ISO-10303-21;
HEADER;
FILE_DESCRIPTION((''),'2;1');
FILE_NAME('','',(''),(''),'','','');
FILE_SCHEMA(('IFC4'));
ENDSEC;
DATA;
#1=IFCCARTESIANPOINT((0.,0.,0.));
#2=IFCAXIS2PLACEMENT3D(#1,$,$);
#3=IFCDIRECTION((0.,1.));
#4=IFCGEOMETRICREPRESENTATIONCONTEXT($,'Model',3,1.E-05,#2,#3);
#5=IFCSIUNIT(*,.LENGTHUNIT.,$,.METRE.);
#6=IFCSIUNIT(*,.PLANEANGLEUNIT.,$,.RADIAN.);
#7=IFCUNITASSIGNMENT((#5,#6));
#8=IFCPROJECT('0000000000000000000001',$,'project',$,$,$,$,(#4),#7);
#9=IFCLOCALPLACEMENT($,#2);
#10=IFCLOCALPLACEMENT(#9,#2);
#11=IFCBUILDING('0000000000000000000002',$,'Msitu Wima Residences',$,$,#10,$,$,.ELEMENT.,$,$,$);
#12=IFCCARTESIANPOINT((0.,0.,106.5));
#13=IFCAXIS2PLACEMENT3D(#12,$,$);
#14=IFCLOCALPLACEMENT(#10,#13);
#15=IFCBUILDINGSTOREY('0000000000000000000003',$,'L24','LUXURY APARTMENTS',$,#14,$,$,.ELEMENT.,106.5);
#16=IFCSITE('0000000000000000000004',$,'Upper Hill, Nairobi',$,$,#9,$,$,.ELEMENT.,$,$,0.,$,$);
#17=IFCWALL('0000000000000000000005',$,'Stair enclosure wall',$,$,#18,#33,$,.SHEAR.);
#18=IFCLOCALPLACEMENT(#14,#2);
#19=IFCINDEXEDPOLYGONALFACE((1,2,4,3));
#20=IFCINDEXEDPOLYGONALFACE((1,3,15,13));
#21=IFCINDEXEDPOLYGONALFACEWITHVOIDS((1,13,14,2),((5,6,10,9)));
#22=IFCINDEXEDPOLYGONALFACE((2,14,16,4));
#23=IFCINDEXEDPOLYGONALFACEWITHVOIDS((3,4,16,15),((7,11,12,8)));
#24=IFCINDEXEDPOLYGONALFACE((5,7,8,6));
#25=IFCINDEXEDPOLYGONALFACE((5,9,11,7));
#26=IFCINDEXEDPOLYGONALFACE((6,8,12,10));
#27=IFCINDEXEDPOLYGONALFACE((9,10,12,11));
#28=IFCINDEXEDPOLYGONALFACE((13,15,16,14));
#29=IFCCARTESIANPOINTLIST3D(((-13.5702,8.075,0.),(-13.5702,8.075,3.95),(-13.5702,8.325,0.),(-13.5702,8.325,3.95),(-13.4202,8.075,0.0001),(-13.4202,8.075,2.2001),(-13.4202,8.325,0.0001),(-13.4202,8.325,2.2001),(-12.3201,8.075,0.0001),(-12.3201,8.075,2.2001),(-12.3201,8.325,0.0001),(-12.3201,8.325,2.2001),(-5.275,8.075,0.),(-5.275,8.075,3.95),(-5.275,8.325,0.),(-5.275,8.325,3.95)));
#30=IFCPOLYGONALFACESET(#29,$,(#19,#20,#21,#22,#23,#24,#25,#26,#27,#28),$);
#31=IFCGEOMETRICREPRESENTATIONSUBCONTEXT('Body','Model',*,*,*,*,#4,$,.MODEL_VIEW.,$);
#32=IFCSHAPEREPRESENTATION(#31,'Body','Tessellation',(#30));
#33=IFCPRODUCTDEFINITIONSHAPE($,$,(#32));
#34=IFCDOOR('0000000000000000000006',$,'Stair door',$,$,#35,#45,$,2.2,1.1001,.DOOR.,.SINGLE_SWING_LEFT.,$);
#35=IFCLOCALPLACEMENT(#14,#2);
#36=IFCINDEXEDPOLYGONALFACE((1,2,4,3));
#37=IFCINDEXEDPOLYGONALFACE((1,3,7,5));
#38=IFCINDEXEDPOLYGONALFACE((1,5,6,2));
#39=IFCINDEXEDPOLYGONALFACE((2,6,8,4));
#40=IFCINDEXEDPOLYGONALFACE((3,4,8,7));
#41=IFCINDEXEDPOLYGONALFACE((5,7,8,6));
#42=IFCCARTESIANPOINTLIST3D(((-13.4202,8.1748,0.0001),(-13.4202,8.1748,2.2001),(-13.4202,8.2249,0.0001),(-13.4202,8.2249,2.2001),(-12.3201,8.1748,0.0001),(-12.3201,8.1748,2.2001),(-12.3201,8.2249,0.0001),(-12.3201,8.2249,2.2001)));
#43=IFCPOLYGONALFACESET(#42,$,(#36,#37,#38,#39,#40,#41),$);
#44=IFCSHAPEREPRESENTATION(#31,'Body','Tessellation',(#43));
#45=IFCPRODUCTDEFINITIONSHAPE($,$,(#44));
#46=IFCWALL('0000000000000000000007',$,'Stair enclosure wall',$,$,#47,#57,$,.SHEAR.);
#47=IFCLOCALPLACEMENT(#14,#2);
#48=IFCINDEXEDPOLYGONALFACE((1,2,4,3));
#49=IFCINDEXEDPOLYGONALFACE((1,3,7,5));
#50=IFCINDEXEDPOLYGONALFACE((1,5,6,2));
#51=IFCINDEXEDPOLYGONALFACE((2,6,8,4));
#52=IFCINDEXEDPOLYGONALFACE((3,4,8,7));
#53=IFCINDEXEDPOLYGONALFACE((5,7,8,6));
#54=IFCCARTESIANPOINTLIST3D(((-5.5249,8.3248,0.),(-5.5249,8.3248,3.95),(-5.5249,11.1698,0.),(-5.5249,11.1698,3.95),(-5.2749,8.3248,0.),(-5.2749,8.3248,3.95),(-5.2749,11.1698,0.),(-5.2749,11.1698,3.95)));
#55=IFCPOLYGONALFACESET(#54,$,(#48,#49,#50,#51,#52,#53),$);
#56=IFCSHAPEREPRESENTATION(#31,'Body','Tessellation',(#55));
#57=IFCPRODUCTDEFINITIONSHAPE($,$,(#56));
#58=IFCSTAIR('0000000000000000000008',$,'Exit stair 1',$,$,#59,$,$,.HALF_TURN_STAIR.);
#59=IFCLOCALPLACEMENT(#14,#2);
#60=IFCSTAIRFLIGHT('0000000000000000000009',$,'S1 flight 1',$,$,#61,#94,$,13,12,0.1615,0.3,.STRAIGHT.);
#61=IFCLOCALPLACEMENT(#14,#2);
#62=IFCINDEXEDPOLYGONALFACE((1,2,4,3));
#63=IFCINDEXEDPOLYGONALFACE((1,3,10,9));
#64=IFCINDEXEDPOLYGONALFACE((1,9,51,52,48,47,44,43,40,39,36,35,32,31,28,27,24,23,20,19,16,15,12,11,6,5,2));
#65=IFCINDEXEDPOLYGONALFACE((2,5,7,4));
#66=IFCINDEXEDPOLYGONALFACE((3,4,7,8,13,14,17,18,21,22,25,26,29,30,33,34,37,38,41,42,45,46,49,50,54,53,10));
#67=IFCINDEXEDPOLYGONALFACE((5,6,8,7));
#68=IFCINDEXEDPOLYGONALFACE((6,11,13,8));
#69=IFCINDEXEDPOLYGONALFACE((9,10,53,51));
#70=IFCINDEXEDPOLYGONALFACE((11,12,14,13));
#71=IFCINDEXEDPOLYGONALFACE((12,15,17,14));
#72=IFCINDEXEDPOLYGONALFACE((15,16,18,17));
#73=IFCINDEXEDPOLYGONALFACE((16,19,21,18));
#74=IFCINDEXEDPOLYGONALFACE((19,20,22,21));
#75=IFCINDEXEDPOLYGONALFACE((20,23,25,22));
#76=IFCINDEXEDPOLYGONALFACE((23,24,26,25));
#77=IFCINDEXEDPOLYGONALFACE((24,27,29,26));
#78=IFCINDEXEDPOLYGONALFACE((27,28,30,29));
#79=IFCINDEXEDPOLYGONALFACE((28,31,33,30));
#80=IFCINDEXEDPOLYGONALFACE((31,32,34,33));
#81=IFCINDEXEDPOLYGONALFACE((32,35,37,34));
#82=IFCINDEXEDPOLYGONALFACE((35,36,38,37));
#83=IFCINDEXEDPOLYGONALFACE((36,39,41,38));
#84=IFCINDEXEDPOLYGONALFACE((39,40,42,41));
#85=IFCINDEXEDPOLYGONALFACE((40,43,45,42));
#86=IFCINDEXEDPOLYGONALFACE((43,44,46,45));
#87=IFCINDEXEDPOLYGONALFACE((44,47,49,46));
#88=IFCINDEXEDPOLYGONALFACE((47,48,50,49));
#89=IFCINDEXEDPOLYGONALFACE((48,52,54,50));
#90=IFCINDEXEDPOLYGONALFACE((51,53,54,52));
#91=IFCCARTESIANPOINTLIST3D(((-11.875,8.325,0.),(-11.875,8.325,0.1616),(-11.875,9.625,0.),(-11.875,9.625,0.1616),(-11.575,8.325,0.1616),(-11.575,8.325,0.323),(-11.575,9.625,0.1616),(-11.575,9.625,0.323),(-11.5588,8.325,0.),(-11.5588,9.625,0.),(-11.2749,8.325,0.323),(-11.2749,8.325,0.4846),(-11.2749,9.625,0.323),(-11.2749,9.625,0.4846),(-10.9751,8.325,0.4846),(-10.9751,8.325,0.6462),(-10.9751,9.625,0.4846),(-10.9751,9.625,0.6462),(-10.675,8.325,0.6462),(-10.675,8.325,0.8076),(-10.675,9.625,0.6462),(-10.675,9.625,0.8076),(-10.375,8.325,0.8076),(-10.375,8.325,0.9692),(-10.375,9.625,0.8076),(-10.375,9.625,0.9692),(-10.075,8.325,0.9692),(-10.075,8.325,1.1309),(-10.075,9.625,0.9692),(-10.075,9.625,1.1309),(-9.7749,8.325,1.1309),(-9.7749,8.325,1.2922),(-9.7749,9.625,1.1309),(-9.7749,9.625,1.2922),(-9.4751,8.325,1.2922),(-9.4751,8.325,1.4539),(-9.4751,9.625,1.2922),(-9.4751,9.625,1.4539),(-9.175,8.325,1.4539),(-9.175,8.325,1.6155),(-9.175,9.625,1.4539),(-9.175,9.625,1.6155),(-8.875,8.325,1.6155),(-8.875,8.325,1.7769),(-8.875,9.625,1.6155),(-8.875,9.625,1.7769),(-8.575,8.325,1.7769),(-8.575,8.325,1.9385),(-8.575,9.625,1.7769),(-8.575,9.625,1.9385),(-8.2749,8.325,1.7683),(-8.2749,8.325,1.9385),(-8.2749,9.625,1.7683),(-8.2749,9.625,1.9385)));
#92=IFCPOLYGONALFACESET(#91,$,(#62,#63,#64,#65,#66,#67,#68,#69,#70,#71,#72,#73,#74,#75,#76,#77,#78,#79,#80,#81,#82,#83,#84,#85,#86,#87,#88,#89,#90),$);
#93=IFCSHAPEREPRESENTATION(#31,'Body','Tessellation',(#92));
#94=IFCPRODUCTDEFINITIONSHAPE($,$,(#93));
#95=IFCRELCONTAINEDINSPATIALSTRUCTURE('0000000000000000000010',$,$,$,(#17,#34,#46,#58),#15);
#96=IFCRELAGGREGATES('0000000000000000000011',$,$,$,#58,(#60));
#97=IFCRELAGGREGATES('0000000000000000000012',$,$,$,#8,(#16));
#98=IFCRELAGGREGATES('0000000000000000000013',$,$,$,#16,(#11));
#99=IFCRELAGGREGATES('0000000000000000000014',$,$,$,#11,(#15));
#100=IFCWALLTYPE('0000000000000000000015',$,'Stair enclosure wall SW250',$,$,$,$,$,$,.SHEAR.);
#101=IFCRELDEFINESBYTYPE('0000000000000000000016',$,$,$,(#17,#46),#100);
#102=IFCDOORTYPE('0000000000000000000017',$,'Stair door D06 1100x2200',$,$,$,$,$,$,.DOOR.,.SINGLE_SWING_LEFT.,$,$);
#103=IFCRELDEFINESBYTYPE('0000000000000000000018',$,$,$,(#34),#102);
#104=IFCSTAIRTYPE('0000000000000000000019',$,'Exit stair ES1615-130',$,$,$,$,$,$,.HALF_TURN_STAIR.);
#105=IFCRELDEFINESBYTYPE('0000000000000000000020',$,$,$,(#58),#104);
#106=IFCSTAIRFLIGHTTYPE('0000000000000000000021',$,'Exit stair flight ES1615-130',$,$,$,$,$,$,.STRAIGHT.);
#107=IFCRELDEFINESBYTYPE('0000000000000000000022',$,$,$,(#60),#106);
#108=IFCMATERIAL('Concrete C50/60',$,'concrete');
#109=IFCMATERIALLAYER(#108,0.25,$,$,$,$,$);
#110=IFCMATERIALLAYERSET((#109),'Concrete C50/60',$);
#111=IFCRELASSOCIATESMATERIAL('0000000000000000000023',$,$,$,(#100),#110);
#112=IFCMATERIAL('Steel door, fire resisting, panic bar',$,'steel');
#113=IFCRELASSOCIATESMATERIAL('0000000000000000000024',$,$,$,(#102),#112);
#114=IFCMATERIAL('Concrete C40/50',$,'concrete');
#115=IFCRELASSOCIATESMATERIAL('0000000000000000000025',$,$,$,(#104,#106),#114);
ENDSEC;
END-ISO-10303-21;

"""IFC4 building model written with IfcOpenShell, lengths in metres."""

from ifc_helpers import new_model, si_unit, direction, frame, frame_2d, origin, place, context, subcontext, project, spatial, polyline, rectangle, outline, extrude, material, layer, layer_set, type_object, element, fill, aggregate, save


model = new_model("IFC4")

# Units and contexts
model_context = context("Model", 3, precision=1e-05, world=origin(), true_north=direction((0.0, 1.0)))
body_context = subcontext(model_context, "Body", "Model", "MODEL_VIEW")
ifc_project = project(units=[si_unit("LENGTHUNIT", "METRE"), si_unit("PLANEANGLEUNIT", "RADIAN")], contexts=[model_context])

# Site, building, storey
site_placement = place(None, origin())
site = spatial("IfcSite", under=ifc_project, at=site_placement, Name="Upper Hill, Nairobi", CompositionType="ELEMENT", RefElevation=0.0)
building_placement = place(site_placement, origin())
building = spatial("IfcBuilding", under=site, at=building_placement, Name="Msitu Wima Residences", CompositionType="ELEMENT")
storey_placement = place(building_placement, frame((0.0, 0.0, 106.5)))
storey = spatial("IfcBuildingStorey", under=building, at=storey_placement, Name="L24", Description="LUXURY APARTMENTS", CompositionType="ELEMENT", Elevation=106.5)

# Shared definitions
ifc_material_1 = material(Name="Concrete C40/50", Category="concrete")

# Wall, opening, door
ifc_material_2 = material(Name="Concrete C50/60", Category="concrete")
ifc_layer_1 = layer(ifc_material_2, 0.25)
ifc_layer_set_1 = layer_set([ifc_layer_1], Name="Concrete C50/60")
wall_type_1 = type_object("IfcWallType", Name="Stair enclosure wall SW250", PredefinedType="SHEAR", material=ifc_layer_set_1)
wall_1_placement = place(storey_placement, frame((-13.5701, 8.2, 0.0), z_axis=(0.0, 0.0, 1.0), x_axis=(1.0, 0.0, 0.0)))
wall_1 = element("IfcWall", 1, at=wall_1_placement, inside=storey, type_object=wall_type_1, Name="Stair enclosure wall", PredefinedType="SHEAR", context=body_context, shape_type="SweptSolid", body=[
    extrude(rectangle(XDim=8.2952, YDim=0.25, at=frame_2d((4.1475, 0.0))), origin(), (0.0, 0.0, 1.0), 3.95),
])
opening_1_placement = place(wall_1_placement, frame((0.1499, 0.0, 0.0)))
opening_1 = element("IfcOpeningElement", 2, at=opening_1_placement, cuts=wall_1, PredefinedType="OPENING", context=body_context, shape_type="SweptSolid", body=[
    extrude(rectangle(XDim=1.1001, YDim=2.2, at=frame_2d((0.55, 1.1001))), frame((0.0, 0.135, 0.0), z_axis=(0.0, -1.0, 0.0), x_axis=(1.0, 0.0, 0.0)), (0.0, 0.0, 1.0), 0.27),
])
ifc_material_3 = material(Name="Steel door, fire resisting, panic bar", Category="steel")
door_type_1 = type_object("IfcDoorType", Name="Stair door D06 1100x2200", OperationType="SINGLE_SWING_LEFT", PredefinedType="DOOR", material=ifc_material_3)
door_1_placement = place(opening_1_placement, origin())
door_1 = element("IfcDoor", 3, at=door_1_placement, inside=storey, type_object=door_type_1, Name="Stair door", OperationType="SINGLE_SWING_LEFT", OverallHeight=2.2, OverallWidth=1.1001, PredefinedType="DOOR", context=body_context, shape_type="SweptSolid", body=[
    extrude(rectangle(XDim=1.1001, YDim=2.2, at=frame_2d((0.55, 1.1001))), frame((0.0, 0.0249, 0.0), z_axis=(0.0, -1.0, 0.0), x_axis=(1.0, 0.0, 0.0)), (0.0, 0.0, 1.0), 0.05),
])
fill(opening_1, door_1)

# Wall
wall_2_placement = place(storey_placement, frame((-5.3999, 8.325, 0.0), z_axis=(0.0, 0.0, 1.0), x_axis=(0.0, 1.0, 0.0)))
element("IfcWall", 4, at=wall_2_placement, inside=storey, type_object=wall_type_1, Name="Stair enclosure wall", PredefinedType="SHEAR", context=body_context, shape_type="SweptSolid", body=[
    extrude(rectangle(XDim=2.845, YDim=0.25, at=frame_2d((1.4224, 0.0))), origin(), (0.0, 0.0, 1.0), 3.95),
])

# Stair, stair flight
stair_type = type_object("IfcStairType", Name="Exit stair ES1615-130", PredefinedType="HALF_TURN_STAIR", material=ifc_material_1)
stair_placement = place(storey_placement, origin())
stair = element("IfcStair", 5, at=stair_placement, inside=storey, type_object=stair_type, Name="Exit stair 1", PredefinedType="HALF_TURN_STAIR")
stair_flight_type = type_object("IfcStairFlightType", Name="Exit stair flight ES1615-130", PredefinedType="STRAIGHT", material=ifc_material_1)
stair_flight_placement = place(storey_placement, frame((-11.875, 8.9751, 0.0), z_axis=(0.0, 0.0, 1.0), x_axis=(1.0, 0.0, 0.0)))
stair_flight = element("IfcStairFlight", 6, at=stair_flight_placement, type_object=stair_flight_type, Name="S1 flight 1", NumberOfRisers=13, NumberOfTreads=12, PredefinedType="STRAIGHT", RiserHeight=0.1615, TreadLength=0.3, context=body_context, shape_type="SweptSolid", body=[
    extrude(outline(polyline([(0.0, 0.0), (0.0, 0.1616), (0.3, 0.1616), (0.3, 0.323), (0.6001, 0.323), (0.6001, 0.4846), (0.8999, 0.4846), (0.8999, 0.6462), (1.2, 0.6462), (1.2, 0.8076), (1.5, 0.8076), (1.5, 0.9692), (1.8, 0.9692), (1.8, 1.1309), (2.1001, 1.1309), (2.1001, 1.2922), (2.3999, 1.2922), (2.3999, 1.4539), (2.7, 1.4539), (2.7, 1.6155), (3.0, 1.6155), (3.0, 1.7769), (3.3, 1.7769), (3.3, 1.9385), (3.6001, 1.9385), (3.6001, 2.1001), (3.6001, 1.7683), (0.3162, 0.0), (0.0, 0.0)])), frame((0.0, 0.6499, 0.0), z_axis=(0.0, -1.0, 0.0), x_axis=(1.0, 0.0, 0.0)), (0.0, 0.0, 1.0), 1.3),
])
aggregate(stair, [stair_flight])

save(model, "model.ifc")
